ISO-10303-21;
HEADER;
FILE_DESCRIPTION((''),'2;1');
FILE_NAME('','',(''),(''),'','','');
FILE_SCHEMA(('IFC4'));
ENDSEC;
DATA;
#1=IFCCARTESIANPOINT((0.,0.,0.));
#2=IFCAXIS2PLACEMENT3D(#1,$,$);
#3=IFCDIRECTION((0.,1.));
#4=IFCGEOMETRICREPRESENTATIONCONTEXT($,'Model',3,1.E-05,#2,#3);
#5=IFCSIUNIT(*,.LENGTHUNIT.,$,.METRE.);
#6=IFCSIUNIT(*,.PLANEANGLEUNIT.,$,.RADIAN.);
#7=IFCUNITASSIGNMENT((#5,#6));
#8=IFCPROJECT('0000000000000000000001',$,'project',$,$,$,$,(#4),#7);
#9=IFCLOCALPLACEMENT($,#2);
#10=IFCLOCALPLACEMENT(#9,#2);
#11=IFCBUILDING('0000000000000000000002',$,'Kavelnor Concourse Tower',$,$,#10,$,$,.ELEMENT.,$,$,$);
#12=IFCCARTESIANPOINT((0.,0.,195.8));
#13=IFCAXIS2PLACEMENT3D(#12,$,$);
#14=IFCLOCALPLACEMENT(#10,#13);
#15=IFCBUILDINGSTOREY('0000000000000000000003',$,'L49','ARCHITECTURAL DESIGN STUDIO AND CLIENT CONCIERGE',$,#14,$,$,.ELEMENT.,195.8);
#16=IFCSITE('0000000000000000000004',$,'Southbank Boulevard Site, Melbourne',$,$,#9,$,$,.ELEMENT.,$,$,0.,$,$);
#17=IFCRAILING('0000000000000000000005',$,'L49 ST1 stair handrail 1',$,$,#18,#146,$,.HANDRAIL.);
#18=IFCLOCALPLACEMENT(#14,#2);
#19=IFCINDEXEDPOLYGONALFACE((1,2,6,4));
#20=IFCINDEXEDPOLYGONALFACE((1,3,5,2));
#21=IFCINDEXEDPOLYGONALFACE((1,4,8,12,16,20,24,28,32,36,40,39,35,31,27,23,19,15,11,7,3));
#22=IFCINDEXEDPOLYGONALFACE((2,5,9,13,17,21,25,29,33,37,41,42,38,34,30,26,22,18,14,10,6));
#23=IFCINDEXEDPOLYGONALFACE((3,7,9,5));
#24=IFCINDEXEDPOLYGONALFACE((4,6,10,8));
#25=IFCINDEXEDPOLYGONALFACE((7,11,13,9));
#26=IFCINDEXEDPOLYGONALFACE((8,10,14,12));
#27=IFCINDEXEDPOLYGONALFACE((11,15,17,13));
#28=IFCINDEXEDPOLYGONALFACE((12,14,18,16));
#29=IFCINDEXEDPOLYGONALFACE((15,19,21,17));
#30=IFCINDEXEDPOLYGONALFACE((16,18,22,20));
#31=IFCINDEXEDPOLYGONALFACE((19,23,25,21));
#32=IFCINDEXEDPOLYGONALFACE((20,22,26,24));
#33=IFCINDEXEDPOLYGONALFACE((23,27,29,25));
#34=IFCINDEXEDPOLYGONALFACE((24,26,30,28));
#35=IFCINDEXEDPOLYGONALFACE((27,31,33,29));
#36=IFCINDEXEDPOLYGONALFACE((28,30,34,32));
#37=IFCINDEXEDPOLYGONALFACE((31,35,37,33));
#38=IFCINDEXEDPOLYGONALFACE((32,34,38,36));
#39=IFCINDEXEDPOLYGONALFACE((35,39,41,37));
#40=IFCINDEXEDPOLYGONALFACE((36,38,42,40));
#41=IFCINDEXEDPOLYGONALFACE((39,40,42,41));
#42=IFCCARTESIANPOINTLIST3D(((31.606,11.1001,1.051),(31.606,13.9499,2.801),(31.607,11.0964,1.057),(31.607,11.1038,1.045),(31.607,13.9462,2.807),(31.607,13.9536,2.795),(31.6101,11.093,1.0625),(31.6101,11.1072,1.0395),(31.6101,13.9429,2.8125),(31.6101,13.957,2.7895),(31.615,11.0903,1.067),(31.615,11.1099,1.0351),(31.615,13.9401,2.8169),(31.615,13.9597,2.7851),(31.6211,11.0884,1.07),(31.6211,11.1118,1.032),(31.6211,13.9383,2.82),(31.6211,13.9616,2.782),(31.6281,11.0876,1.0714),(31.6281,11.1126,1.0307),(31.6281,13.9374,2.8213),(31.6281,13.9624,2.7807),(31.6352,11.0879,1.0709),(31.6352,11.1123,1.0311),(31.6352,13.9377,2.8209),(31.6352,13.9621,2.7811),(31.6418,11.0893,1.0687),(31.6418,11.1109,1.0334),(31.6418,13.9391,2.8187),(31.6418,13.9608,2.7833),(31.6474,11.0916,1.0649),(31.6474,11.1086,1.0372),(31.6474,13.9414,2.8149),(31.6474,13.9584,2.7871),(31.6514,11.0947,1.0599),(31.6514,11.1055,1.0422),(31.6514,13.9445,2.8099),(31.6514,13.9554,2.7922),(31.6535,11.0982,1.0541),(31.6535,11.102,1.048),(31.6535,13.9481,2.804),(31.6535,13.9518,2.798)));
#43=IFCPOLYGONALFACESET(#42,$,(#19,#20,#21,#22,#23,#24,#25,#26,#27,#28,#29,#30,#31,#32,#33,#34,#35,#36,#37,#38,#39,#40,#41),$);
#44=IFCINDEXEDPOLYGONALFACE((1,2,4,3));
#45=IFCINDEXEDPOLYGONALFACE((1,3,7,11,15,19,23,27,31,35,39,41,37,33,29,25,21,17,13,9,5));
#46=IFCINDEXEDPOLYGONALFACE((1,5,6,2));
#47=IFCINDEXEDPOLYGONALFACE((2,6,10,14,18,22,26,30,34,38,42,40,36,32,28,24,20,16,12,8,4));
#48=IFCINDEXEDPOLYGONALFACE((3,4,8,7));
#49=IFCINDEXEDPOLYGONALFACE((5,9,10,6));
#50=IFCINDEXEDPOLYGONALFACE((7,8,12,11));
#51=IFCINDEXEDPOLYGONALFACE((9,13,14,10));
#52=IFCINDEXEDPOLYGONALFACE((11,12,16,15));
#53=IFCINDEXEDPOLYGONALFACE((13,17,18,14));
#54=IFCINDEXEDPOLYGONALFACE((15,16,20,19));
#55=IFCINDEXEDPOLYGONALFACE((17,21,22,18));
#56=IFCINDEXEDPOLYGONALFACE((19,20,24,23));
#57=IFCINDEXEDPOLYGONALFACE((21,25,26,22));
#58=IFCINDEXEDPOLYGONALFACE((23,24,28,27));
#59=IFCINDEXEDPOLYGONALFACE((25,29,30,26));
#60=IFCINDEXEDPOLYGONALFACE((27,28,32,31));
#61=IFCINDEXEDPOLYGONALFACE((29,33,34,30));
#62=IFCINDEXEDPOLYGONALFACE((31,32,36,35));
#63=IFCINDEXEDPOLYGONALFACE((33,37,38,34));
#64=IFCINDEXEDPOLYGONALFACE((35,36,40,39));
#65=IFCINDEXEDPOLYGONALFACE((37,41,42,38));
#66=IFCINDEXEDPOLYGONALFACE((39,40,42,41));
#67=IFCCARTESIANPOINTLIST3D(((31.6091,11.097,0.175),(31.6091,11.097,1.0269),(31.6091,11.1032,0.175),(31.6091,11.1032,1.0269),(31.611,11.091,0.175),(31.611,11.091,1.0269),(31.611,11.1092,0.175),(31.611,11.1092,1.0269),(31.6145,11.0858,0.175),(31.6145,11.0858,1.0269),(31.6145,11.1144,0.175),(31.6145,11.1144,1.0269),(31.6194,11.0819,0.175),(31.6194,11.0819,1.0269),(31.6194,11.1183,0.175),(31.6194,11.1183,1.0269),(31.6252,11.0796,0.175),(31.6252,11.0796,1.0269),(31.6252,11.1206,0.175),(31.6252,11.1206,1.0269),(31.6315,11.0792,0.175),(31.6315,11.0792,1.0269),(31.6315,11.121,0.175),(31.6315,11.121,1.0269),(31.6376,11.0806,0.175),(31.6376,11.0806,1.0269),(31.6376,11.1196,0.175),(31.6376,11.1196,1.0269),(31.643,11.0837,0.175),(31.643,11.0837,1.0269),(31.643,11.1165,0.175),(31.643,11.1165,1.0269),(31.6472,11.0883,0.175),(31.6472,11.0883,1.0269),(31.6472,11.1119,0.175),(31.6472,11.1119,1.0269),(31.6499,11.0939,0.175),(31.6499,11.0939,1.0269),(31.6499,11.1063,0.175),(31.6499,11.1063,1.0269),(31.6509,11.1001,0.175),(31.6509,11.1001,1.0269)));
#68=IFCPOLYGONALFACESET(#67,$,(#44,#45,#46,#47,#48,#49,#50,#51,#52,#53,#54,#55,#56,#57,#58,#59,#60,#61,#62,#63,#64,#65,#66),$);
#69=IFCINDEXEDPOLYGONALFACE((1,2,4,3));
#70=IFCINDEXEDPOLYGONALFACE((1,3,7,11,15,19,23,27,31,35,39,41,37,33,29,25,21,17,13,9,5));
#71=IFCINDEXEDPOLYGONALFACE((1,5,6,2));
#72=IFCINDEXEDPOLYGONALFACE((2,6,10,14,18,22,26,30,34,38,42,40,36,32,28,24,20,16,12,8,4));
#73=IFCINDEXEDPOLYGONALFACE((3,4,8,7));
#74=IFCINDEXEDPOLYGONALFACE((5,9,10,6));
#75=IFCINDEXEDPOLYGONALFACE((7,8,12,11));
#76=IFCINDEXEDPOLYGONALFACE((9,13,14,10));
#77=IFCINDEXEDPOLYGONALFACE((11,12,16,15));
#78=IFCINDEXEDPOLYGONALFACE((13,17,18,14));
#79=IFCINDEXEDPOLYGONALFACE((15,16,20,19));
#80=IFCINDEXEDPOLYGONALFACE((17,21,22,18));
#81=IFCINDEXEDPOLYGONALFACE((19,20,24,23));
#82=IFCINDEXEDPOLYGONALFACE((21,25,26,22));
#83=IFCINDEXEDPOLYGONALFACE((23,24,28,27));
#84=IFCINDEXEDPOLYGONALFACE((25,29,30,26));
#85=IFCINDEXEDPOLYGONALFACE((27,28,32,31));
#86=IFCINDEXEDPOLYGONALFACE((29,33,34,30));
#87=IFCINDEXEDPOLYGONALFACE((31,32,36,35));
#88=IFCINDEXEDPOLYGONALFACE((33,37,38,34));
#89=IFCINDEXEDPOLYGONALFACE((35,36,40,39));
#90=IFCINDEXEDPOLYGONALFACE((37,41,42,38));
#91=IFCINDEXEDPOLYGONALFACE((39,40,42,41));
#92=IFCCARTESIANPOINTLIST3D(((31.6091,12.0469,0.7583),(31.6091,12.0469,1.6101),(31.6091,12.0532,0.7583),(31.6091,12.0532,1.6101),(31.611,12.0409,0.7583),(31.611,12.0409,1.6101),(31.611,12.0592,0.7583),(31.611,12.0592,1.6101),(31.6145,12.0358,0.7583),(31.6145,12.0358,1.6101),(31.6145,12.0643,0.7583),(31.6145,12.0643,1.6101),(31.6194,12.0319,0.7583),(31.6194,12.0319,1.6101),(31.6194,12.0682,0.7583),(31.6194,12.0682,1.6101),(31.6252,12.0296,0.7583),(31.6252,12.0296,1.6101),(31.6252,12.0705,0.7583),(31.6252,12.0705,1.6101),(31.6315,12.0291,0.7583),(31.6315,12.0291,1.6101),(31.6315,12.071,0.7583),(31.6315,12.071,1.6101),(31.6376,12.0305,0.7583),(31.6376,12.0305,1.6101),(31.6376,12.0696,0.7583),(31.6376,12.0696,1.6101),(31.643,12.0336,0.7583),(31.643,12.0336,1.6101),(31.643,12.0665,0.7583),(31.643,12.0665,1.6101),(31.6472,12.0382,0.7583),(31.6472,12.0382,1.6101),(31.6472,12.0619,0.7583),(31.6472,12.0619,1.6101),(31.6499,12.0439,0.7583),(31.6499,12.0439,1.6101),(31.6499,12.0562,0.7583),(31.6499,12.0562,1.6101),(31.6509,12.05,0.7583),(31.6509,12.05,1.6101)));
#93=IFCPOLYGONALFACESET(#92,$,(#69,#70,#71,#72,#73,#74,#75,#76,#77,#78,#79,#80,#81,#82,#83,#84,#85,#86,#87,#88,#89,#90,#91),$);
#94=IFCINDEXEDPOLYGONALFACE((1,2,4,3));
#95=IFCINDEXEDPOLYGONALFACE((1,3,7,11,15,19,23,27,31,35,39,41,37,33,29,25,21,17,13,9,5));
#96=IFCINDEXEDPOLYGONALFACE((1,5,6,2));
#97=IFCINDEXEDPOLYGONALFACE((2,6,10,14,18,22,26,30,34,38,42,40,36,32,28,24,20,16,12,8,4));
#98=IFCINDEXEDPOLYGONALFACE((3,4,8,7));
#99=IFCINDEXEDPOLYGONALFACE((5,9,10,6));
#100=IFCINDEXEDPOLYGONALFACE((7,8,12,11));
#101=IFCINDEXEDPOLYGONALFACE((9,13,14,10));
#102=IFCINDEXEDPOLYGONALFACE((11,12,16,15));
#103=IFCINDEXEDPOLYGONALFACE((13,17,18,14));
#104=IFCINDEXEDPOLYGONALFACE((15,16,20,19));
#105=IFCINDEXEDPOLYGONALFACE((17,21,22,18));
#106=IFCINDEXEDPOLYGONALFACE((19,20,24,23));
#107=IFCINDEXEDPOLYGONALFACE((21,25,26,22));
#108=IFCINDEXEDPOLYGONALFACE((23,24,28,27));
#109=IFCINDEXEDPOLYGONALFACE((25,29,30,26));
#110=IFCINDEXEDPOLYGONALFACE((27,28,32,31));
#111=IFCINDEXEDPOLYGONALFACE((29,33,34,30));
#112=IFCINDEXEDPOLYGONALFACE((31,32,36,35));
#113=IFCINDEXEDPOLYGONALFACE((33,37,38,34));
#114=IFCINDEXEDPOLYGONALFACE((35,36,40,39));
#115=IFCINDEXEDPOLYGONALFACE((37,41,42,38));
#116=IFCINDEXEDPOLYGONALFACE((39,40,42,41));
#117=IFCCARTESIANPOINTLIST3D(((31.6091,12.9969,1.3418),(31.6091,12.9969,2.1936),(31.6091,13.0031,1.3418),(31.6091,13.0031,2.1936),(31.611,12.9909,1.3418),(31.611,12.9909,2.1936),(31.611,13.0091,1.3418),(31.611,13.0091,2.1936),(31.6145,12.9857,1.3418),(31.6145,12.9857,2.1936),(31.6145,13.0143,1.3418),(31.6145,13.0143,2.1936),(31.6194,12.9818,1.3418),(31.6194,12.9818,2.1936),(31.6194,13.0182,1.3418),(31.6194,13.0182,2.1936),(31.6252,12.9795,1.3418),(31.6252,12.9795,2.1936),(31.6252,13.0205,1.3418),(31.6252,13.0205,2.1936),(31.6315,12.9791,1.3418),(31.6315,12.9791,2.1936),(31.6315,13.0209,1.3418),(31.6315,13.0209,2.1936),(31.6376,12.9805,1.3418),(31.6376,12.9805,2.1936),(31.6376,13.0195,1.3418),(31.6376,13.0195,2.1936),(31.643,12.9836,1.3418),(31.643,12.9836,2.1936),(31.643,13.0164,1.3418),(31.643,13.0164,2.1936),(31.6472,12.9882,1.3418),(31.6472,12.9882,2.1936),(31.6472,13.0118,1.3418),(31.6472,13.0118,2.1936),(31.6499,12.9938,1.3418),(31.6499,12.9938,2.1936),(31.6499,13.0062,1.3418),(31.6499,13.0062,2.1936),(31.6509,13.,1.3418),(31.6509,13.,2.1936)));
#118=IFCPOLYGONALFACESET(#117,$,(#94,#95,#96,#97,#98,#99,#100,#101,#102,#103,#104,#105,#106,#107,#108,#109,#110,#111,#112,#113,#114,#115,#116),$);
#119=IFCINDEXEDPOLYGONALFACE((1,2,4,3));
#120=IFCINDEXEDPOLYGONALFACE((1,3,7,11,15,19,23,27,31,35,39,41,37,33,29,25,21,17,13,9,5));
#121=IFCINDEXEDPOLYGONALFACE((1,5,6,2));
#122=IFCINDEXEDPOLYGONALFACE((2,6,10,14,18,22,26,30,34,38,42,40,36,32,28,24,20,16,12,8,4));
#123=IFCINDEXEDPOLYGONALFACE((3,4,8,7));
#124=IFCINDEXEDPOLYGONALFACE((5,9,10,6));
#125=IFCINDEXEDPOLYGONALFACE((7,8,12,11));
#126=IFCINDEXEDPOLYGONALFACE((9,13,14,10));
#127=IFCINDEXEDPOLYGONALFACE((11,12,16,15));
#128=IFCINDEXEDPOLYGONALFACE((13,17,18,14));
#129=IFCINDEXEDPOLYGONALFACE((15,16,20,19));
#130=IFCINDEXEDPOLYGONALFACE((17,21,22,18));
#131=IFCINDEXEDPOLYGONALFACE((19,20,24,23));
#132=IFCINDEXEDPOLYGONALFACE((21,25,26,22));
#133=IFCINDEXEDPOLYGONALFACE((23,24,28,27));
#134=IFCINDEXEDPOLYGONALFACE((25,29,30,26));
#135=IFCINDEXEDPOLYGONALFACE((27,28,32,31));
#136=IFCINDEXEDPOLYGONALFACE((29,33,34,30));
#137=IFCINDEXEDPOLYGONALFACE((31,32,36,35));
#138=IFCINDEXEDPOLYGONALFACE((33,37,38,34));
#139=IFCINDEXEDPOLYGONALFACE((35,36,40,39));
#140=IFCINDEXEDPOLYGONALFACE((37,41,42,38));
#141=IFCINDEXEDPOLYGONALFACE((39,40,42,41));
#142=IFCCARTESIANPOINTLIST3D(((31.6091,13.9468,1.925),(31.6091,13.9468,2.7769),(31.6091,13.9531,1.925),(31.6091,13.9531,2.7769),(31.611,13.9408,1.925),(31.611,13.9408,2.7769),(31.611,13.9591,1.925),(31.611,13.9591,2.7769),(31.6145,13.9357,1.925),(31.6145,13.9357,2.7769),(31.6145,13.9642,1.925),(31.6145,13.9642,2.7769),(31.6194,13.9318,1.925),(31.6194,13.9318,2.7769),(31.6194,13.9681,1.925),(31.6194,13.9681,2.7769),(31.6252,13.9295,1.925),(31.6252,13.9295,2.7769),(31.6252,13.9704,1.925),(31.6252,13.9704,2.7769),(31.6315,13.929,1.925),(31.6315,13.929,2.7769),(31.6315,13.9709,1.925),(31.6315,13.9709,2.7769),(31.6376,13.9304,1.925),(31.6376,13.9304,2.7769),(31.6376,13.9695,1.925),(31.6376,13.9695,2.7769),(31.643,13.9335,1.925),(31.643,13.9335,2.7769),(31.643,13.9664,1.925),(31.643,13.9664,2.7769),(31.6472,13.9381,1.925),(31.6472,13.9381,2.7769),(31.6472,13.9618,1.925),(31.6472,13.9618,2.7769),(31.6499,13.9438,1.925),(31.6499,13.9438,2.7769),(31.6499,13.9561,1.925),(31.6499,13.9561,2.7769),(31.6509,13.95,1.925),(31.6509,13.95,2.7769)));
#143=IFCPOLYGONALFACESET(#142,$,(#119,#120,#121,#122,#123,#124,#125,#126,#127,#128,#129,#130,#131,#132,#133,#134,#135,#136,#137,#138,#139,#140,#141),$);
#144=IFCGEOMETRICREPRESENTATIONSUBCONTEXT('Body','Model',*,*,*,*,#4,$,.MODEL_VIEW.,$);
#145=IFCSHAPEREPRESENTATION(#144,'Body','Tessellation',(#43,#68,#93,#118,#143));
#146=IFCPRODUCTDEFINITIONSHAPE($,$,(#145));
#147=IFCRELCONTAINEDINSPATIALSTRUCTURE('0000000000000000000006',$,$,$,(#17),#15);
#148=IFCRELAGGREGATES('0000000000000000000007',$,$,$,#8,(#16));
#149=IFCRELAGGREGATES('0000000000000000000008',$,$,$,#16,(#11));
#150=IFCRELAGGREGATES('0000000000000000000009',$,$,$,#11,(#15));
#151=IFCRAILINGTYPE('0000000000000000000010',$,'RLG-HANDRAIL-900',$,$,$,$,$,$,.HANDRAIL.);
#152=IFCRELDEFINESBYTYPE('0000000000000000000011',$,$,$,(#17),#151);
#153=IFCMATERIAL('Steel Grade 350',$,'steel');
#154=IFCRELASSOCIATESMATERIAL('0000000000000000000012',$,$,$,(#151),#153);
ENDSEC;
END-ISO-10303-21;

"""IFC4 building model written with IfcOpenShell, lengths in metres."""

from ifc_helpers import new_model, si_unit, direction, frame, origin, origin_2d, place, context, subcontext, project, spatial, circle, extrude, material, type_object, element, save


model = new_model("IFC4")

# Units and contexts
model_context = context("Model", 3, precision=1e-05, world=origin(), true_north=direction((0.0, 1.0)))
body_context = subcontext(model_context, "Body", "Model", "MODEL_VIEW")
ifc_project = project(units=[si_unit("LENGTHUNIT", "METRE"), si_unit("PLANEANGLEUNIT", "RADIAN")], contexts=[model_context])

# Site, building, storey
site_placement = place(None, origin())
site = spatial("IfcSite", under=ifc_project, at=site_placement, Name="Southbank Boulevard Site, Melbourne", CompositionType="ELEMENT", RefElevation=0.0)
building_placement = place(site_placement, origin())
building = spatial("IfcBuilding", under=site, at=building_placement, Name="Kavelnor Concourse Tower", CompositionType="ELEMENT")
storey_placement = place(building_placement, frame((0.0, 0.0, 195.8)))
storey = spatial("IfcBuildingStorey", under=building, at=storey_placement, Name="L49", Description="ARCHITECTURAL DESIGN STUDIO AND CLIENT CONCIERGE", CompositionType="ELEMENT", Elevation=195.8)

# Shared definitions
ifc_material_1 = material(Name="Steel Grade 350", Category="steel")

# Railing
railing_type_1 = type_object("IfcRailingType", Name="RLG-HANDRAIL-900", PredefinedType="HANDRAIL", material=ifc_material_1)
railing_1_placement = place(storey_placement, frame((31.6299, 11.1001, 0.175)))
element("IfcRailing", 1, at=railing_1_placement, inside=storey, type_object=railing_type_1, Name="L49 ST1 stair handrail 1", PredefinedType="HANDRAIL", context=body_context, shape_type="SweptSolid", body=[
    extrude(circle(Radius=0.0239, at=origin_2d()), frame((0.0, 0.0, 0.876), z_axis=(0.0, 0.852159, 0.523283), x_axis=(-1.0, 0.0, 0.0)), (0.0, 0.0, 1.0), 3.3442),
    extrude(circle(Radius=0.021, at=origin_2d()), origin(), (0.0, 0.0, 1.0), 0.8518),
    extrude(circle(Radius=0.021, at=origin_2d()), frame((0.0, 0.95, 0.5833)), (0.0, 0.0, 1.0), 0.8518),
    extrude(circle(Radius=0.021, at=origin_2d()), frame((0.0, 1.8999, 1.1667)), (0.0, 0.0, 1.0), 0.8518),
    extrude(circle(Radius=0.021, at=origin_2d()), frame((0.0, 2.8499, 1.75)), (0.0, 0.0, 1.0), 0.8518),
])

save(model, "model.ifc")
